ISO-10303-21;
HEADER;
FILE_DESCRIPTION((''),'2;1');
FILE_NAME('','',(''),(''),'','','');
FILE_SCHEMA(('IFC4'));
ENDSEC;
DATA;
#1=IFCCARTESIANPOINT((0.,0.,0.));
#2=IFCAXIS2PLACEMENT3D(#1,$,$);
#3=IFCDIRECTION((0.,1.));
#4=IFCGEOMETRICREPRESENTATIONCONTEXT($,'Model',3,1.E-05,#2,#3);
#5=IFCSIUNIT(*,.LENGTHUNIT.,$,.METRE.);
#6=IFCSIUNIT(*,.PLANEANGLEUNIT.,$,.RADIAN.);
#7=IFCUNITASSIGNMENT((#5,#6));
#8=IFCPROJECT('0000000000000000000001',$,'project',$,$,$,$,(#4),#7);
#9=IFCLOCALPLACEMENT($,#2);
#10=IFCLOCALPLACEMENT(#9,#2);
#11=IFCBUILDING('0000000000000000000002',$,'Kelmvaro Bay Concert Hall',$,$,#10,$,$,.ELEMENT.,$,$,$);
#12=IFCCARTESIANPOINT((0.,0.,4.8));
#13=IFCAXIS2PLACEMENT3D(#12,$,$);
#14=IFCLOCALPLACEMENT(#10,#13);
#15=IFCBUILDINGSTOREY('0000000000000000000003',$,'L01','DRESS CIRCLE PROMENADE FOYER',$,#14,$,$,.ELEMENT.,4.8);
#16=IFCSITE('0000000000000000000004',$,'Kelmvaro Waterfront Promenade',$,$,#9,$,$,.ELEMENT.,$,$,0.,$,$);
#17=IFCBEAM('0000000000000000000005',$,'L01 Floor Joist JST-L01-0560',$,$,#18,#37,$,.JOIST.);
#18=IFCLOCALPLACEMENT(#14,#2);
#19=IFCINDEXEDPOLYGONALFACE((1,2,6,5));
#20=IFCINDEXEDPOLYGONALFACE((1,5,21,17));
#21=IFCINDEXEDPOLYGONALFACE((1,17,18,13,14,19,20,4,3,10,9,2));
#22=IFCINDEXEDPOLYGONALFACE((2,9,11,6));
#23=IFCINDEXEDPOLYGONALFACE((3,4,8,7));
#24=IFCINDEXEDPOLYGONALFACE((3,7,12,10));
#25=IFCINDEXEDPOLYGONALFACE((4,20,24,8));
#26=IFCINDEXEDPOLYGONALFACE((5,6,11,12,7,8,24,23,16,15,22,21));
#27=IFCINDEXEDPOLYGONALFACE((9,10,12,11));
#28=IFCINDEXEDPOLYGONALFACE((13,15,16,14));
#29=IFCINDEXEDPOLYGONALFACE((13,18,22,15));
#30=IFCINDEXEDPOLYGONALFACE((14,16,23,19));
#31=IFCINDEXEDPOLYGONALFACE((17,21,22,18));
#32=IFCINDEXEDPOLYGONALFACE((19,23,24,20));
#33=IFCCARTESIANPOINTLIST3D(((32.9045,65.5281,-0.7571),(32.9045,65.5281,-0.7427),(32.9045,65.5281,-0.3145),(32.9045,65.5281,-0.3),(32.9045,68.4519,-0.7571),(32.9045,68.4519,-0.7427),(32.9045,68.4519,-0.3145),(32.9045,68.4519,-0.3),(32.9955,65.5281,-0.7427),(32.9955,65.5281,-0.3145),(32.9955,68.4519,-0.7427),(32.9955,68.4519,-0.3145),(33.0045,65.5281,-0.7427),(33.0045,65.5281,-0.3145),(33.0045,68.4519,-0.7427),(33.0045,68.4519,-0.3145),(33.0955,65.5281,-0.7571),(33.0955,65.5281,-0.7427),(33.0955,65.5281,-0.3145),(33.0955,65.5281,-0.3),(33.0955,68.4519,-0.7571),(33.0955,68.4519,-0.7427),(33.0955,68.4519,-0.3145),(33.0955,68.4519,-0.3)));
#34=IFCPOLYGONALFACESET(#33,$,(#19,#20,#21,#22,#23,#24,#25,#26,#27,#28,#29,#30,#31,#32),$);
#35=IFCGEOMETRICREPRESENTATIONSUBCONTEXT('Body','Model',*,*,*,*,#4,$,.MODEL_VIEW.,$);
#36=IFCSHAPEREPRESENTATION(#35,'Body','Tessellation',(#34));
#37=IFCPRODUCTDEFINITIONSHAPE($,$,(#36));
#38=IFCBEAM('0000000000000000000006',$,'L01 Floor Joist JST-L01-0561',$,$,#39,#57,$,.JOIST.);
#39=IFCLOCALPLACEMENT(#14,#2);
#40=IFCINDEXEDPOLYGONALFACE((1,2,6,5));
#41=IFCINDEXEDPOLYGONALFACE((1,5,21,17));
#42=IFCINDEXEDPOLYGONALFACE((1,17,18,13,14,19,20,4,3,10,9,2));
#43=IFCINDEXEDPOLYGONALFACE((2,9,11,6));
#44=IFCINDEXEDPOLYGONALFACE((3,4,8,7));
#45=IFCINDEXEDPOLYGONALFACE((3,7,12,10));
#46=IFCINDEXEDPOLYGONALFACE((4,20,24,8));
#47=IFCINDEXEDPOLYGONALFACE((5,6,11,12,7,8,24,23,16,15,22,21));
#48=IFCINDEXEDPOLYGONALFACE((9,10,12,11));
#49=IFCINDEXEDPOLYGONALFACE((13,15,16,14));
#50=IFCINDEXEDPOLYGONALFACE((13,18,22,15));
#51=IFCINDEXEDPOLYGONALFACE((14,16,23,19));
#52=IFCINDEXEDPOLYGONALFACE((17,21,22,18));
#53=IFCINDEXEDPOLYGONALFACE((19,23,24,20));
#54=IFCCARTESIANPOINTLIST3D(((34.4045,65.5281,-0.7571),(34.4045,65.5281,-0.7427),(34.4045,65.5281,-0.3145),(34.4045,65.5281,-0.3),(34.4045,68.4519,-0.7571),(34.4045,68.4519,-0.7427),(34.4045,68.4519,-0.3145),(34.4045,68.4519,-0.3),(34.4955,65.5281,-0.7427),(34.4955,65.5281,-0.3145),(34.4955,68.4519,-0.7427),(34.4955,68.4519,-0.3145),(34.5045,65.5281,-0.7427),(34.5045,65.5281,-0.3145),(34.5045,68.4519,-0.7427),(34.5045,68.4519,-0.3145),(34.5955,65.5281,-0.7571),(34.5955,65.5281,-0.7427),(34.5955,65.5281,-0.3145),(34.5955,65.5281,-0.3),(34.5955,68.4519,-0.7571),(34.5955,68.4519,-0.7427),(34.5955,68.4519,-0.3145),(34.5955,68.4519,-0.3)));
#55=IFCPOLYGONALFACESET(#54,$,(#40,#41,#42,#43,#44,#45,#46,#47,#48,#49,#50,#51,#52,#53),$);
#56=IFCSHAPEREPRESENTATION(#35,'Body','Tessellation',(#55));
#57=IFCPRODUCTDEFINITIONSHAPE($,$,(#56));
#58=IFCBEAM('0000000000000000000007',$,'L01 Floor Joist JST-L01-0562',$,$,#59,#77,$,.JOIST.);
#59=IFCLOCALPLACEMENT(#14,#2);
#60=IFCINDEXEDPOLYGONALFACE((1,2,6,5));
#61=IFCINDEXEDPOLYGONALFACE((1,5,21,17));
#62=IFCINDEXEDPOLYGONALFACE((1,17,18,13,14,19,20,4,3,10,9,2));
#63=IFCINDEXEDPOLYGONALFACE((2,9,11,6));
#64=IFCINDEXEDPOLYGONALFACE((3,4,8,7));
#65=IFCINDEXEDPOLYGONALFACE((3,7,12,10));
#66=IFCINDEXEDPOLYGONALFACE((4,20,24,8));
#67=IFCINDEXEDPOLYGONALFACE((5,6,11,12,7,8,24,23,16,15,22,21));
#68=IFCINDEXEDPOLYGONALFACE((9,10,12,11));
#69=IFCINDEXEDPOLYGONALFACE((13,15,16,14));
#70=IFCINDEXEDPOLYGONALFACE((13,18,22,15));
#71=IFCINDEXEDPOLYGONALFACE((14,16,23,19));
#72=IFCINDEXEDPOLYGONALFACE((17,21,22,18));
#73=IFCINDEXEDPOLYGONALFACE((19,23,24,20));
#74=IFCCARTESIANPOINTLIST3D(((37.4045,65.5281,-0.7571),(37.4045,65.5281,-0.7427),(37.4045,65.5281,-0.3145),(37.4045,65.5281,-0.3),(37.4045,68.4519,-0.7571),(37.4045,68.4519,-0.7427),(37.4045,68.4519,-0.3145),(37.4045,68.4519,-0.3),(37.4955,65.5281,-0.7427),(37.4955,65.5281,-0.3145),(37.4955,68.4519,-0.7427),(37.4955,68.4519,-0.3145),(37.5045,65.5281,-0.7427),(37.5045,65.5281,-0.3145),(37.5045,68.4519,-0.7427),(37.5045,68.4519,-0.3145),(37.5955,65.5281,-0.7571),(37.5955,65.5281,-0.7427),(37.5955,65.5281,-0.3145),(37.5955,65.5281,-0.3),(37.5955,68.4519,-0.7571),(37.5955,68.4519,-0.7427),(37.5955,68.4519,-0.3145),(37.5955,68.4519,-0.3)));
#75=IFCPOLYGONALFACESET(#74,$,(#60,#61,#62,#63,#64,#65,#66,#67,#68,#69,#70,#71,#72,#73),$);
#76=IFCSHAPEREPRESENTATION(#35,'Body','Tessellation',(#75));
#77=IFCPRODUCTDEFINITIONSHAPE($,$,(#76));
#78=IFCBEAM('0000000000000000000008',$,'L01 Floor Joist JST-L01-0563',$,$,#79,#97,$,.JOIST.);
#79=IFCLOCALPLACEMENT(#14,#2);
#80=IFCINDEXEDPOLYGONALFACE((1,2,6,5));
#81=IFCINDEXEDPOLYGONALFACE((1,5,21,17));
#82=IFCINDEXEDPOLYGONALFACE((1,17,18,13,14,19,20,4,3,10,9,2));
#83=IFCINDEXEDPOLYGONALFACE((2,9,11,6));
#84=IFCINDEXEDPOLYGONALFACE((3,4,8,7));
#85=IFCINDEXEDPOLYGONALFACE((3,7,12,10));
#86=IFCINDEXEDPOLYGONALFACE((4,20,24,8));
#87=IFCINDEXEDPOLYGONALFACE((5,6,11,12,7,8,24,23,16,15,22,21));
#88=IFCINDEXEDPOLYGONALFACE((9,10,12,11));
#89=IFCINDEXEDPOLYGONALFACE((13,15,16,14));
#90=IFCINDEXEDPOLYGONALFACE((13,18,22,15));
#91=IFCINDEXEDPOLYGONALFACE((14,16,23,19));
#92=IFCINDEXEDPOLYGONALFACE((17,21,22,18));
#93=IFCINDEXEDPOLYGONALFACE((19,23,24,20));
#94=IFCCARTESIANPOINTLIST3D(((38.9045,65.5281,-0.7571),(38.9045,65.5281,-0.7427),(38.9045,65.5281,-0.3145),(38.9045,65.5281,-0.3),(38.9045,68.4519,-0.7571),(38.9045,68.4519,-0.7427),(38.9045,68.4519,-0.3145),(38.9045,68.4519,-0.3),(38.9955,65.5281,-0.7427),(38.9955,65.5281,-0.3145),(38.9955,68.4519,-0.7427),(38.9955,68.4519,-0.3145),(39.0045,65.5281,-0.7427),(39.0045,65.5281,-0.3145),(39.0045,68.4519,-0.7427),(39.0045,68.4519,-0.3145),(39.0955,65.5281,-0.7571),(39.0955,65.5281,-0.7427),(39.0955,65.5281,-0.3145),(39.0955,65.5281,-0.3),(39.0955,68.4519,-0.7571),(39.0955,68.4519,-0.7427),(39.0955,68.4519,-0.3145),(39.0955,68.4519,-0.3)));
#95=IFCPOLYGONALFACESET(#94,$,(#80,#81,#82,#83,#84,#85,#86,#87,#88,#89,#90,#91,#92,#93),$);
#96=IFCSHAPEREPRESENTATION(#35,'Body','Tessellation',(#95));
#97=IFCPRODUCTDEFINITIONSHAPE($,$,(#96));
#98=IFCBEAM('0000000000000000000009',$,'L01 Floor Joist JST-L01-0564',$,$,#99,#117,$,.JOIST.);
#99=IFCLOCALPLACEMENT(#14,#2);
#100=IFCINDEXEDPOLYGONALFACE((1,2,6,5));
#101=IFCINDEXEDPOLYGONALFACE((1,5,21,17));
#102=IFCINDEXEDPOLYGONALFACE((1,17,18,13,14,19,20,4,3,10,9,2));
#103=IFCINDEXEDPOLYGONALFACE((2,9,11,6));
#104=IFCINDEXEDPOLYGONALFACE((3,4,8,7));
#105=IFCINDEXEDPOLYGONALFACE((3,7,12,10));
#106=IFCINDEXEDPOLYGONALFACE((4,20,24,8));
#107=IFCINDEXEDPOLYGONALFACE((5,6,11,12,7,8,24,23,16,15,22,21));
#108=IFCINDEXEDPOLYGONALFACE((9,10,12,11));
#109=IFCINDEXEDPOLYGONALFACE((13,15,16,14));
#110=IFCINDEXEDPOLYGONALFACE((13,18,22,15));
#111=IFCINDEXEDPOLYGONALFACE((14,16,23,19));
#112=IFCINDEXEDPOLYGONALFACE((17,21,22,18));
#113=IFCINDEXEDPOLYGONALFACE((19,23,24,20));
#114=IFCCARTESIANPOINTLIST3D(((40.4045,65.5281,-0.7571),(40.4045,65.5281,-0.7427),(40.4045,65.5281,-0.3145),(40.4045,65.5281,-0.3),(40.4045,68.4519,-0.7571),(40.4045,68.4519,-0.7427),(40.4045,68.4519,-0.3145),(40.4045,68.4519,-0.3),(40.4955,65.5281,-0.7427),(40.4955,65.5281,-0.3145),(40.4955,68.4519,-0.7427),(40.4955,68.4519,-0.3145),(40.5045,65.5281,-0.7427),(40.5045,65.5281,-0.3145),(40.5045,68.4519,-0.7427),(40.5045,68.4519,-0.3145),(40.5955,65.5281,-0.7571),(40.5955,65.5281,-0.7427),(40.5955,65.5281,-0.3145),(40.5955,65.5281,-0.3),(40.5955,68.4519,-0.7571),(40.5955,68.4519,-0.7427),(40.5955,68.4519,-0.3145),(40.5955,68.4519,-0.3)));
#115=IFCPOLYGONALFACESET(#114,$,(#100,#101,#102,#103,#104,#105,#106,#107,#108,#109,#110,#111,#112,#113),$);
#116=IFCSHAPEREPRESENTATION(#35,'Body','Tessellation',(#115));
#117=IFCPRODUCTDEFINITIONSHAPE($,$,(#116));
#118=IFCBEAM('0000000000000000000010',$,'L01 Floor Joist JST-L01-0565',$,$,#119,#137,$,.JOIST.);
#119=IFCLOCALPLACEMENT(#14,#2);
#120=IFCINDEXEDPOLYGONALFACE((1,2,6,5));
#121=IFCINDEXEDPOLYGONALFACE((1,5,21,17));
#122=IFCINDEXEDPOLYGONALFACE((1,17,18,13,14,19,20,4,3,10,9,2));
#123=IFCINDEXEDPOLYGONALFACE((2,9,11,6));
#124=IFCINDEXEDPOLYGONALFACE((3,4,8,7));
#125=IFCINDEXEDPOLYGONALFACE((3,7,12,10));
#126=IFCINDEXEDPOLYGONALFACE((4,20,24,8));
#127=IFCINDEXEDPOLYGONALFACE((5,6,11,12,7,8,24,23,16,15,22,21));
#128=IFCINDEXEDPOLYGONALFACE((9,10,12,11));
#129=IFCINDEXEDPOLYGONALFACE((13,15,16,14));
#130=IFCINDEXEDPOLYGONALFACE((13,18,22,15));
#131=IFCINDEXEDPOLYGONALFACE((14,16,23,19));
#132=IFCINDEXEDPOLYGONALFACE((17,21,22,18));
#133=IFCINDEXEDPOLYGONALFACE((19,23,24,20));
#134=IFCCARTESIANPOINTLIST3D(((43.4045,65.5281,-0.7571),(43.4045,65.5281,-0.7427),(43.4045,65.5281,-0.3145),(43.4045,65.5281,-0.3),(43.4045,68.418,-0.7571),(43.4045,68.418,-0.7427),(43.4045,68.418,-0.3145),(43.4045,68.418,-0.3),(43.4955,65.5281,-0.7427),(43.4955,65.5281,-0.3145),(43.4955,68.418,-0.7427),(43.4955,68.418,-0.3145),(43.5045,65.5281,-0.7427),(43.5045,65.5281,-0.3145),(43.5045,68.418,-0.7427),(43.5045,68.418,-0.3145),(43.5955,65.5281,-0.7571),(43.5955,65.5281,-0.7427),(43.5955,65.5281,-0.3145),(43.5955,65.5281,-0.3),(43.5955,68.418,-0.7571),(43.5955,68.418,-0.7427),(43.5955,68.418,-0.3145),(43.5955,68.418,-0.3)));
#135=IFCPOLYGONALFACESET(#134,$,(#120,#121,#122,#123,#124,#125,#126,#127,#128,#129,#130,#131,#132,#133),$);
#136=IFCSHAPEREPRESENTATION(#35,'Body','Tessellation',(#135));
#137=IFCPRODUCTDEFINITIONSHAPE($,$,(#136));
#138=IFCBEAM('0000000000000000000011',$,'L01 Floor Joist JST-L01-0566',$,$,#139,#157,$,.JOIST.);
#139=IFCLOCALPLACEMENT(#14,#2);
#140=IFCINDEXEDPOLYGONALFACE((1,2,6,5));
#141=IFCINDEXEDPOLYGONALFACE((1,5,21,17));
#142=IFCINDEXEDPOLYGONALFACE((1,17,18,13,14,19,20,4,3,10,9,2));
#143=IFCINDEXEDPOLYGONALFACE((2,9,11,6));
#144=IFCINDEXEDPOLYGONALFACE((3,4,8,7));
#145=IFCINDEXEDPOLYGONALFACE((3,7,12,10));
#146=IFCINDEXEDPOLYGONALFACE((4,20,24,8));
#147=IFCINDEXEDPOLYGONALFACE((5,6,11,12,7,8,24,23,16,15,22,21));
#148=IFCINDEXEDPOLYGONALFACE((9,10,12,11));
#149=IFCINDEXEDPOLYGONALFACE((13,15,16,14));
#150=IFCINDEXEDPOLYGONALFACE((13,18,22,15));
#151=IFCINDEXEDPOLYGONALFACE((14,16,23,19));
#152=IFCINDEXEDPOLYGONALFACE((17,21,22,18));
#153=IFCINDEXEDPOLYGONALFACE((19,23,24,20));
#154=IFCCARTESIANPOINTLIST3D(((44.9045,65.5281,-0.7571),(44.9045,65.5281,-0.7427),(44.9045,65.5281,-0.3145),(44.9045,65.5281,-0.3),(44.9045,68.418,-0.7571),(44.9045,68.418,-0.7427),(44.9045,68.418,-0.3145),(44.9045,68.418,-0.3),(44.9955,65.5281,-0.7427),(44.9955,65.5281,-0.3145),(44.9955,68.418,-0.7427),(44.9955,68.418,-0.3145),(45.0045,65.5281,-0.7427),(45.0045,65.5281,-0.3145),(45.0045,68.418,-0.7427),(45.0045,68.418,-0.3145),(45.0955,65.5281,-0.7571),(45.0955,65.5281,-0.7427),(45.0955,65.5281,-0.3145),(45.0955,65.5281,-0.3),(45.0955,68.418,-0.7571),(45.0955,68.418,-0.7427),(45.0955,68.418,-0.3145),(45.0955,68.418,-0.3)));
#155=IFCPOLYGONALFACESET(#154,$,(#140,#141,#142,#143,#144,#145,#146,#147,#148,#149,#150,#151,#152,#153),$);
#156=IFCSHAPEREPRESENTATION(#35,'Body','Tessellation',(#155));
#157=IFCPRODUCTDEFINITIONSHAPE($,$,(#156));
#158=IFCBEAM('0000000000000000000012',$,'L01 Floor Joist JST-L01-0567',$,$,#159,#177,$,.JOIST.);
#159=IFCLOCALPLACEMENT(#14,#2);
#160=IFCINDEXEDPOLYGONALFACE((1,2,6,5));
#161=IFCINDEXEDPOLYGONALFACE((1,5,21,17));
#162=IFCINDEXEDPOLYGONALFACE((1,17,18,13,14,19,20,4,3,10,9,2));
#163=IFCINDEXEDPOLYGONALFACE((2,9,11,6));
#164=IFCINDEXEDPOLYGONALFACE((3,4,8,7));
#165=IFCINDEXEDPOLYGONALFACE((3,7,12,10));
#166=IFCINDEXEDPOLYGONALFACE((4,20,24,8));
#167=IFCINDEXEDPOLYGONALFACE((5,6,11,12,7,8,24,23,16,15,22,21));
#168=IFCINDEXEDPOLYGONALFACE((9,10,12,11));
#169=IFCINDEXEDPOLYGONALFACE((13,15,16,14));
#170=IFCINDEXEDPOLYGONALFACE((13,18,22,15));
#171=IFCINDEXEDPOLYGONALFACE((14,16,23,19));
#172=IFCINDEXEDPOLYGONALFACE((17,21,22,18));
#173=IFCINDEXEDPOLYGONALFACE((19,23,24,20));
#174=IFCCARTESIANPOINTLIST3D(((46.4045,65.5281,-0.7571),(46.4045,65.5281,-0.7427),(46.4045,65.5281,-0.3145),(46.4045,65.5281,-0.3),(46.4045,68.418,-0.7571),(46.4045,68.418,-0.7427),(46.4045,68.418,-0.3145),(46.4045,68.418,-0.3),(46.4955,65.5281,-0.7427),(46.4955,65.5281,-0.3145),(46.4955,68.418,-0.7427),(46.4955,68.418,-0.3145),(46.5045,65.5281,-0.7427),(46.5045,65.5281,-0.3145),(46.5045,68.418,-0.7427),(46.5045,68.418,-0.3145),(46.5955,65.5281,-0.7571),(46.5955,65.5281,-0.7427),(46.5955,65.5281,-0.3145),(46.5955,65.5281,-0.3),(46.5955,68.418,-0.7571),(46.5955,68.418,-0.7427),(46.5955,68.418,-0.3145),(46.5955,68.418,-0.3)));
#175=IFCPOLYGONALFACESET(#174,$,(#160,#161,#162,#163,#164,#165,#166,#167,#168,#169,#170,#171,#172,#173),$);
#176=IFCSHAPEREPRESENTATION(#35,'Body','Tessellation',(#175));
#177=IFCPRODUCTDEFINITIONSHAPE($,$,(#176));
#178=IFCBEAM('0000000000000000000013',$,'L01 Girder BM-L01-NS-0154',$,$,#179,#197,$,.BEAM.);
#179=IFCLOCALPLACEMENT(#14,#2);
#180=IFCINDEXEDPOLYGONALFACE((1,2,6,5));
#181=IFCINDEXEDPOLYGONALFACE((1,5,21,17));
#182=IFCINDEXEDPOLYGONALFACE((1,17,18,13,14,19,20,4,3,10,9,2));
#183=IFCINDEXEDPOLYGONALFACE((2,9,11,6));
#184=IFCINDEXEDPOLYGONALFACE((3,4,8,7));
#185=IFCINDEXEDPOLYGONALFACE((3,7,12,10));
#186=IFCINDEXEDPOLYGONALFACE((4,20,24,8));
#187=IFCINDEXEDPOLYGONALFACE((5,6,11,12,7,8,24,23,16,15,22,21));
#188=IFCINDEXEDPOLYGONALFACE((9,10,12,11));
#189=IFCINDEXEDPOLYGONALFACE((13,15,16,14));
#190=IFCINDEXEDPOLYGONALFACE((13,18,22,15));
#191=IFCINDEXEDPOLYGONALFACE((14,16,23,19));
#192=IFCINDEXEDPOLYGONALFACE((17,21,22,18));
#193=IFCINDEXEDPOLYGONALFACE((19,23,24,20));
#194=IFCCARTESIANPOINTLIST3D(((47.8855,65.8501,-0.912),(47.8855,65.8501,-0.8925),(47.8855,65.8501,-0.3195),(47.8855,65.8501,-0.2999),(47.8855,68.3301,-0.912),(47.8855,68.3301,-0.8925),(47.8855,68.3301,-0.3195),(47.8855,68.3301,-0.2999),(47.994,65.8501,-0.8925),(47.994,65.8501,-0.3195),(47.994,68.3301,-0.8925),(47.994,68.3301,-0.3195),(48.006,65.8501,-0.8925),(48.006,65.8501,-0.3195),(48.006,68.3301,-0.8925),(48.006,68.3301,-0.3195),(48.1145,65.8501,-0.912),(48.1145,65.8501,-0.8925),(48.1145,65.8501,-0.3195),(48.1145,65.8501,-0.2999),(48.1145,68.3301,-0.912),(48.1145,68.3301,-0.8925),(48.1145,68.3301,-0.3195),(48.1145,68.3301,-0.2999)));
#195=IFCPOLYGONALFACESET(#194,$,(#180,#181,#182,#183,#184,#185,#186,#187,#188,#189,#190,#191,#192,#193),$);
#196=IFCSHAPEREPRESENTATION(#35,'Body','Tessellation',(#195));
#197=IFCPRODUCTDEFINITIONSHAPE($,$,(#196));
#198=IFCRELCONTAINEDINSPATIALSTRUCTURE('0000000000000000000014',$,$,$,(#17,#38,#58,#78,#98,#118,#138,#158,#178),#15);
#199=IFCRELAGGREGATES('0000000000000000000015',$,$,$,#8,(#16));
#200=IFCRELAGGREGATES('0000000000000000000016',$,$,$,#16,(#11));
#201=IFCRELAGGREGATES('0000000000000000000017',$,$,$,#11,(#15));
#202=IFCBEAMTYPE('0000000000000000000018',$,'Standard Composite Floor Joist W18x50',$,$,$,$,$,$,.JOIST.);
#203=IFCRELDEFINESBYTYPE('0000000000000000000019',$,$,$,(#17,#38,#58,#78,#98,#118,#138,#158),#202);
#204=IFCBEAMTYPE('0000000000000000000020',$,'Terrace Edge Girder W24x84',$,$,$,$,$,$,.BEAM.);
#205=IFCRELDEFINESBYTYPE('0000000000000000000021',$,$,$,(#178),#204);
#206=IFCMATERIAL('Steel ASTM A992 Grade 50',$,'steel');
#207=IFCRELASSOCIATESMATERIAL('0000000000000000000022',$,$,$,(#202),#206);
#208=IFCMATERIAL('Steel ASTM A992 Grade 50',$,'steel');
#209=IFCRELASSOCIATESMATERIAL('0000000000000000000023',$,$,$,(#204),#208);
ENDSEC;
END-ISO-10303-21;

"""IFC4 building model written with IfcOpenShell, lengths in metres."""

from ifc_helpers import new_model, si_unit, direction, frame, origin, origin_2d, place, context, subcontext, project, spatial, i_section, extrude, material, material_profile, profile_set, type_object, element, save


model = new_model("IFC4")

# Units and contexts
model_context = context("Model", 3, precision=1e-05, world=origin(), true_north=direction((0.0, 1.0)))
body_context = subcontext(model_context, "Body", "Model", "MODEL_VIEW")
ifc_project = project(units=[si_unit("LENGTHUNIT", "METRE"), si_unit("PLANEANGLEUNIT", "RADIAN")], contexts=[model_context])

# Site, building, storey
site_placement = place(None, origin())
site = spatial("IfcSite", under=ifc_project, at=site_placement, Name="Kelmvaro Waterfront Promenade", CompositionType="ELEMENT", RefElevation=0.0)
building_placement = place(site_placement, origin())
building = spatial("IfcBuilding", under=site, at=building_placement, Name="Kelmvaro Bay Concert Hall", CompositionType="ELEMENT")
storey_placement = place(building_placement, frame((0.0, 0.0, 4.8)))
storey = spatial("IfcBuildingStorey", under=building, at=storey_placement, Name="L01", Description="DRESS CIRCLE PROMENADE FOYER", CompositionType="ELEMENT", Elevation=4.8)

# Beams
ifc_material_1 = material(Name="Steel ASTM A992 Grade 50", Category="steel")
ifc_material_profile_1 = material_profile(ifc_material_1, i_section(OverallWidth=0.1909, OverallDepth=0.457, WebThickness=0.009, FlangeThickness=0.0144, at=origin_2d()), Name="W18X50")
ifc_profile_set_1 = profile_set([ifc_material_profile_1], Name="Steel ASTM A992 Grade 50")
beam_type_1 = type_object("IfcBeamType", Name="Standard Composite Floor Joist W18x50", PredefinedType="JOIST", material=ifc_profile_set_1)
for number, where, z_axis, x_axis, name in (
    (1, (33.0, 65.5281, -0.5286), (0.0, 1.0, 0.0), (-1.0, 0.0, 0.0), "L01 Floor Joist JST-L01-0560"),
    (2, (34.5, 65.5281, -0.5286), (0.0, 1.0, 0.0), (-1.0, 0.0, 0.0), "L01 Floor Joist JST-L01-0561"),
    (3, (37.5, 65.5281, -0.5286), (0.0, 1.0, 0.0), (-1.0, 0.0, 0.0), "L01 Floor Joist JST-L01-0562"),
    (4, (39.0, 65.5281, -0.5286), (0.0, 1.0, 0.0), (-1.0, 0.0, 0.0), "L01 Floor Joist JST-L01-0563"),
    (5, (40.5, 65.5281, -0.5286), (0.0, 1.0, 0.0), (-1.0, 0.0, 0.0), "L01 Floor Joist JST-L01-0564"),
):
    element("IfcBeam", number, at=place(storey_placement, frame(where, z_axis=z_axis, x_axis=x_axis)), inside=storey, type_object=beam_type_1, Name=name, PredefinedType="JOIST", context=body_context, shape_type="SweptSolid", body=[
        extrude(i_section(OverallWidth=0.1909, OverallDepth=0.457, WebThickness=0.009, FlangeThickness=0.0144, at=origin_2d()), origin(), (0.0, 0.0, 1.0), 2.9238),
    ])
for number, where, z_axis, x_axis, name in (
    (6, (43.5, 65.5281, -0.5286), (0.0, 1.0, 0.0), (-1.0, 0.0, 0.0), "L01 Floor Joist JST-L01-0565"),
    (7, (45.0, 65.5281, -0.5286), (0.0, 1.0, 0.0), (-1.0, 0.0, 0.0), "L01 Floor Joist JST-L01-0566"),
    (8, (46.5, 65.5281, -0.5286), (0.0, 1.0, 0.0), (-1.0, 0.0, 0.0), "L01 Floor Joist JST-L01-0567"),
):
    element("IfcBeam", number, at=place(storey_placement, frame(where, z_axis=z_axis, x_axis=x_axis)), inside=storey, type_object=beam_type_1, Name=name, PredefinedType="JOIST", context=body_context, shape_type="SweptSolid", body=[
        extrude(i_section(OverallWidth=0.1909, OverallDepth=0.457, WebThickness=0.009, FlangeThickness=0.0144, at=origin_2d()), origin(), (0.0, 0.0, 1.0), 2.8899),
    ])
ifc_material_2 = material(Name="Steel ASTM A992 Grade 50", Category="steel")
ifc_material_profile_2 = material_profile(ifc_material_2, i_section(OverallWidth=0.229, OverallDepth=0.6121, WebThickness=0.012, FlangeThickness=0.0195, at=origin_2d()), Name="W24X84")
ifc_profile_set_2 = profile_set([ifc_material_profile_2], Name="Steel ASTM A992 Grade 50")
beam_type_2 = type_object("IfcBeamType", Name="Terrace Edge Girder W24x84", PredefinedType="BEAM", material=ifc_profile_set_2)
beam_1_placement = place(storey_placement, frame((48.0, 65.8501, -0.606), z_axis=(0.0, 1.0, 0.0), x_axis=(-1.0, 0.0, 0.0)))
element("IfcBeam", 9, at=beam_1_placement, inside=storey, type_object=beam_type_2, Name="L01 Girder BM-L01-NS-0154", PredefinedType="BEAM", context=body_context, shape_type="SweptSolid", body=[
    extrude(i_section(OverallWidth=0.229, OverallDepth=0.6121, WebThickness=0.012, FlangeThickness=0.0195, at=origin_2d()), origin(), (0.0, 0.0, 1.0), 2.48),
])

save(model, "model.ifc")
